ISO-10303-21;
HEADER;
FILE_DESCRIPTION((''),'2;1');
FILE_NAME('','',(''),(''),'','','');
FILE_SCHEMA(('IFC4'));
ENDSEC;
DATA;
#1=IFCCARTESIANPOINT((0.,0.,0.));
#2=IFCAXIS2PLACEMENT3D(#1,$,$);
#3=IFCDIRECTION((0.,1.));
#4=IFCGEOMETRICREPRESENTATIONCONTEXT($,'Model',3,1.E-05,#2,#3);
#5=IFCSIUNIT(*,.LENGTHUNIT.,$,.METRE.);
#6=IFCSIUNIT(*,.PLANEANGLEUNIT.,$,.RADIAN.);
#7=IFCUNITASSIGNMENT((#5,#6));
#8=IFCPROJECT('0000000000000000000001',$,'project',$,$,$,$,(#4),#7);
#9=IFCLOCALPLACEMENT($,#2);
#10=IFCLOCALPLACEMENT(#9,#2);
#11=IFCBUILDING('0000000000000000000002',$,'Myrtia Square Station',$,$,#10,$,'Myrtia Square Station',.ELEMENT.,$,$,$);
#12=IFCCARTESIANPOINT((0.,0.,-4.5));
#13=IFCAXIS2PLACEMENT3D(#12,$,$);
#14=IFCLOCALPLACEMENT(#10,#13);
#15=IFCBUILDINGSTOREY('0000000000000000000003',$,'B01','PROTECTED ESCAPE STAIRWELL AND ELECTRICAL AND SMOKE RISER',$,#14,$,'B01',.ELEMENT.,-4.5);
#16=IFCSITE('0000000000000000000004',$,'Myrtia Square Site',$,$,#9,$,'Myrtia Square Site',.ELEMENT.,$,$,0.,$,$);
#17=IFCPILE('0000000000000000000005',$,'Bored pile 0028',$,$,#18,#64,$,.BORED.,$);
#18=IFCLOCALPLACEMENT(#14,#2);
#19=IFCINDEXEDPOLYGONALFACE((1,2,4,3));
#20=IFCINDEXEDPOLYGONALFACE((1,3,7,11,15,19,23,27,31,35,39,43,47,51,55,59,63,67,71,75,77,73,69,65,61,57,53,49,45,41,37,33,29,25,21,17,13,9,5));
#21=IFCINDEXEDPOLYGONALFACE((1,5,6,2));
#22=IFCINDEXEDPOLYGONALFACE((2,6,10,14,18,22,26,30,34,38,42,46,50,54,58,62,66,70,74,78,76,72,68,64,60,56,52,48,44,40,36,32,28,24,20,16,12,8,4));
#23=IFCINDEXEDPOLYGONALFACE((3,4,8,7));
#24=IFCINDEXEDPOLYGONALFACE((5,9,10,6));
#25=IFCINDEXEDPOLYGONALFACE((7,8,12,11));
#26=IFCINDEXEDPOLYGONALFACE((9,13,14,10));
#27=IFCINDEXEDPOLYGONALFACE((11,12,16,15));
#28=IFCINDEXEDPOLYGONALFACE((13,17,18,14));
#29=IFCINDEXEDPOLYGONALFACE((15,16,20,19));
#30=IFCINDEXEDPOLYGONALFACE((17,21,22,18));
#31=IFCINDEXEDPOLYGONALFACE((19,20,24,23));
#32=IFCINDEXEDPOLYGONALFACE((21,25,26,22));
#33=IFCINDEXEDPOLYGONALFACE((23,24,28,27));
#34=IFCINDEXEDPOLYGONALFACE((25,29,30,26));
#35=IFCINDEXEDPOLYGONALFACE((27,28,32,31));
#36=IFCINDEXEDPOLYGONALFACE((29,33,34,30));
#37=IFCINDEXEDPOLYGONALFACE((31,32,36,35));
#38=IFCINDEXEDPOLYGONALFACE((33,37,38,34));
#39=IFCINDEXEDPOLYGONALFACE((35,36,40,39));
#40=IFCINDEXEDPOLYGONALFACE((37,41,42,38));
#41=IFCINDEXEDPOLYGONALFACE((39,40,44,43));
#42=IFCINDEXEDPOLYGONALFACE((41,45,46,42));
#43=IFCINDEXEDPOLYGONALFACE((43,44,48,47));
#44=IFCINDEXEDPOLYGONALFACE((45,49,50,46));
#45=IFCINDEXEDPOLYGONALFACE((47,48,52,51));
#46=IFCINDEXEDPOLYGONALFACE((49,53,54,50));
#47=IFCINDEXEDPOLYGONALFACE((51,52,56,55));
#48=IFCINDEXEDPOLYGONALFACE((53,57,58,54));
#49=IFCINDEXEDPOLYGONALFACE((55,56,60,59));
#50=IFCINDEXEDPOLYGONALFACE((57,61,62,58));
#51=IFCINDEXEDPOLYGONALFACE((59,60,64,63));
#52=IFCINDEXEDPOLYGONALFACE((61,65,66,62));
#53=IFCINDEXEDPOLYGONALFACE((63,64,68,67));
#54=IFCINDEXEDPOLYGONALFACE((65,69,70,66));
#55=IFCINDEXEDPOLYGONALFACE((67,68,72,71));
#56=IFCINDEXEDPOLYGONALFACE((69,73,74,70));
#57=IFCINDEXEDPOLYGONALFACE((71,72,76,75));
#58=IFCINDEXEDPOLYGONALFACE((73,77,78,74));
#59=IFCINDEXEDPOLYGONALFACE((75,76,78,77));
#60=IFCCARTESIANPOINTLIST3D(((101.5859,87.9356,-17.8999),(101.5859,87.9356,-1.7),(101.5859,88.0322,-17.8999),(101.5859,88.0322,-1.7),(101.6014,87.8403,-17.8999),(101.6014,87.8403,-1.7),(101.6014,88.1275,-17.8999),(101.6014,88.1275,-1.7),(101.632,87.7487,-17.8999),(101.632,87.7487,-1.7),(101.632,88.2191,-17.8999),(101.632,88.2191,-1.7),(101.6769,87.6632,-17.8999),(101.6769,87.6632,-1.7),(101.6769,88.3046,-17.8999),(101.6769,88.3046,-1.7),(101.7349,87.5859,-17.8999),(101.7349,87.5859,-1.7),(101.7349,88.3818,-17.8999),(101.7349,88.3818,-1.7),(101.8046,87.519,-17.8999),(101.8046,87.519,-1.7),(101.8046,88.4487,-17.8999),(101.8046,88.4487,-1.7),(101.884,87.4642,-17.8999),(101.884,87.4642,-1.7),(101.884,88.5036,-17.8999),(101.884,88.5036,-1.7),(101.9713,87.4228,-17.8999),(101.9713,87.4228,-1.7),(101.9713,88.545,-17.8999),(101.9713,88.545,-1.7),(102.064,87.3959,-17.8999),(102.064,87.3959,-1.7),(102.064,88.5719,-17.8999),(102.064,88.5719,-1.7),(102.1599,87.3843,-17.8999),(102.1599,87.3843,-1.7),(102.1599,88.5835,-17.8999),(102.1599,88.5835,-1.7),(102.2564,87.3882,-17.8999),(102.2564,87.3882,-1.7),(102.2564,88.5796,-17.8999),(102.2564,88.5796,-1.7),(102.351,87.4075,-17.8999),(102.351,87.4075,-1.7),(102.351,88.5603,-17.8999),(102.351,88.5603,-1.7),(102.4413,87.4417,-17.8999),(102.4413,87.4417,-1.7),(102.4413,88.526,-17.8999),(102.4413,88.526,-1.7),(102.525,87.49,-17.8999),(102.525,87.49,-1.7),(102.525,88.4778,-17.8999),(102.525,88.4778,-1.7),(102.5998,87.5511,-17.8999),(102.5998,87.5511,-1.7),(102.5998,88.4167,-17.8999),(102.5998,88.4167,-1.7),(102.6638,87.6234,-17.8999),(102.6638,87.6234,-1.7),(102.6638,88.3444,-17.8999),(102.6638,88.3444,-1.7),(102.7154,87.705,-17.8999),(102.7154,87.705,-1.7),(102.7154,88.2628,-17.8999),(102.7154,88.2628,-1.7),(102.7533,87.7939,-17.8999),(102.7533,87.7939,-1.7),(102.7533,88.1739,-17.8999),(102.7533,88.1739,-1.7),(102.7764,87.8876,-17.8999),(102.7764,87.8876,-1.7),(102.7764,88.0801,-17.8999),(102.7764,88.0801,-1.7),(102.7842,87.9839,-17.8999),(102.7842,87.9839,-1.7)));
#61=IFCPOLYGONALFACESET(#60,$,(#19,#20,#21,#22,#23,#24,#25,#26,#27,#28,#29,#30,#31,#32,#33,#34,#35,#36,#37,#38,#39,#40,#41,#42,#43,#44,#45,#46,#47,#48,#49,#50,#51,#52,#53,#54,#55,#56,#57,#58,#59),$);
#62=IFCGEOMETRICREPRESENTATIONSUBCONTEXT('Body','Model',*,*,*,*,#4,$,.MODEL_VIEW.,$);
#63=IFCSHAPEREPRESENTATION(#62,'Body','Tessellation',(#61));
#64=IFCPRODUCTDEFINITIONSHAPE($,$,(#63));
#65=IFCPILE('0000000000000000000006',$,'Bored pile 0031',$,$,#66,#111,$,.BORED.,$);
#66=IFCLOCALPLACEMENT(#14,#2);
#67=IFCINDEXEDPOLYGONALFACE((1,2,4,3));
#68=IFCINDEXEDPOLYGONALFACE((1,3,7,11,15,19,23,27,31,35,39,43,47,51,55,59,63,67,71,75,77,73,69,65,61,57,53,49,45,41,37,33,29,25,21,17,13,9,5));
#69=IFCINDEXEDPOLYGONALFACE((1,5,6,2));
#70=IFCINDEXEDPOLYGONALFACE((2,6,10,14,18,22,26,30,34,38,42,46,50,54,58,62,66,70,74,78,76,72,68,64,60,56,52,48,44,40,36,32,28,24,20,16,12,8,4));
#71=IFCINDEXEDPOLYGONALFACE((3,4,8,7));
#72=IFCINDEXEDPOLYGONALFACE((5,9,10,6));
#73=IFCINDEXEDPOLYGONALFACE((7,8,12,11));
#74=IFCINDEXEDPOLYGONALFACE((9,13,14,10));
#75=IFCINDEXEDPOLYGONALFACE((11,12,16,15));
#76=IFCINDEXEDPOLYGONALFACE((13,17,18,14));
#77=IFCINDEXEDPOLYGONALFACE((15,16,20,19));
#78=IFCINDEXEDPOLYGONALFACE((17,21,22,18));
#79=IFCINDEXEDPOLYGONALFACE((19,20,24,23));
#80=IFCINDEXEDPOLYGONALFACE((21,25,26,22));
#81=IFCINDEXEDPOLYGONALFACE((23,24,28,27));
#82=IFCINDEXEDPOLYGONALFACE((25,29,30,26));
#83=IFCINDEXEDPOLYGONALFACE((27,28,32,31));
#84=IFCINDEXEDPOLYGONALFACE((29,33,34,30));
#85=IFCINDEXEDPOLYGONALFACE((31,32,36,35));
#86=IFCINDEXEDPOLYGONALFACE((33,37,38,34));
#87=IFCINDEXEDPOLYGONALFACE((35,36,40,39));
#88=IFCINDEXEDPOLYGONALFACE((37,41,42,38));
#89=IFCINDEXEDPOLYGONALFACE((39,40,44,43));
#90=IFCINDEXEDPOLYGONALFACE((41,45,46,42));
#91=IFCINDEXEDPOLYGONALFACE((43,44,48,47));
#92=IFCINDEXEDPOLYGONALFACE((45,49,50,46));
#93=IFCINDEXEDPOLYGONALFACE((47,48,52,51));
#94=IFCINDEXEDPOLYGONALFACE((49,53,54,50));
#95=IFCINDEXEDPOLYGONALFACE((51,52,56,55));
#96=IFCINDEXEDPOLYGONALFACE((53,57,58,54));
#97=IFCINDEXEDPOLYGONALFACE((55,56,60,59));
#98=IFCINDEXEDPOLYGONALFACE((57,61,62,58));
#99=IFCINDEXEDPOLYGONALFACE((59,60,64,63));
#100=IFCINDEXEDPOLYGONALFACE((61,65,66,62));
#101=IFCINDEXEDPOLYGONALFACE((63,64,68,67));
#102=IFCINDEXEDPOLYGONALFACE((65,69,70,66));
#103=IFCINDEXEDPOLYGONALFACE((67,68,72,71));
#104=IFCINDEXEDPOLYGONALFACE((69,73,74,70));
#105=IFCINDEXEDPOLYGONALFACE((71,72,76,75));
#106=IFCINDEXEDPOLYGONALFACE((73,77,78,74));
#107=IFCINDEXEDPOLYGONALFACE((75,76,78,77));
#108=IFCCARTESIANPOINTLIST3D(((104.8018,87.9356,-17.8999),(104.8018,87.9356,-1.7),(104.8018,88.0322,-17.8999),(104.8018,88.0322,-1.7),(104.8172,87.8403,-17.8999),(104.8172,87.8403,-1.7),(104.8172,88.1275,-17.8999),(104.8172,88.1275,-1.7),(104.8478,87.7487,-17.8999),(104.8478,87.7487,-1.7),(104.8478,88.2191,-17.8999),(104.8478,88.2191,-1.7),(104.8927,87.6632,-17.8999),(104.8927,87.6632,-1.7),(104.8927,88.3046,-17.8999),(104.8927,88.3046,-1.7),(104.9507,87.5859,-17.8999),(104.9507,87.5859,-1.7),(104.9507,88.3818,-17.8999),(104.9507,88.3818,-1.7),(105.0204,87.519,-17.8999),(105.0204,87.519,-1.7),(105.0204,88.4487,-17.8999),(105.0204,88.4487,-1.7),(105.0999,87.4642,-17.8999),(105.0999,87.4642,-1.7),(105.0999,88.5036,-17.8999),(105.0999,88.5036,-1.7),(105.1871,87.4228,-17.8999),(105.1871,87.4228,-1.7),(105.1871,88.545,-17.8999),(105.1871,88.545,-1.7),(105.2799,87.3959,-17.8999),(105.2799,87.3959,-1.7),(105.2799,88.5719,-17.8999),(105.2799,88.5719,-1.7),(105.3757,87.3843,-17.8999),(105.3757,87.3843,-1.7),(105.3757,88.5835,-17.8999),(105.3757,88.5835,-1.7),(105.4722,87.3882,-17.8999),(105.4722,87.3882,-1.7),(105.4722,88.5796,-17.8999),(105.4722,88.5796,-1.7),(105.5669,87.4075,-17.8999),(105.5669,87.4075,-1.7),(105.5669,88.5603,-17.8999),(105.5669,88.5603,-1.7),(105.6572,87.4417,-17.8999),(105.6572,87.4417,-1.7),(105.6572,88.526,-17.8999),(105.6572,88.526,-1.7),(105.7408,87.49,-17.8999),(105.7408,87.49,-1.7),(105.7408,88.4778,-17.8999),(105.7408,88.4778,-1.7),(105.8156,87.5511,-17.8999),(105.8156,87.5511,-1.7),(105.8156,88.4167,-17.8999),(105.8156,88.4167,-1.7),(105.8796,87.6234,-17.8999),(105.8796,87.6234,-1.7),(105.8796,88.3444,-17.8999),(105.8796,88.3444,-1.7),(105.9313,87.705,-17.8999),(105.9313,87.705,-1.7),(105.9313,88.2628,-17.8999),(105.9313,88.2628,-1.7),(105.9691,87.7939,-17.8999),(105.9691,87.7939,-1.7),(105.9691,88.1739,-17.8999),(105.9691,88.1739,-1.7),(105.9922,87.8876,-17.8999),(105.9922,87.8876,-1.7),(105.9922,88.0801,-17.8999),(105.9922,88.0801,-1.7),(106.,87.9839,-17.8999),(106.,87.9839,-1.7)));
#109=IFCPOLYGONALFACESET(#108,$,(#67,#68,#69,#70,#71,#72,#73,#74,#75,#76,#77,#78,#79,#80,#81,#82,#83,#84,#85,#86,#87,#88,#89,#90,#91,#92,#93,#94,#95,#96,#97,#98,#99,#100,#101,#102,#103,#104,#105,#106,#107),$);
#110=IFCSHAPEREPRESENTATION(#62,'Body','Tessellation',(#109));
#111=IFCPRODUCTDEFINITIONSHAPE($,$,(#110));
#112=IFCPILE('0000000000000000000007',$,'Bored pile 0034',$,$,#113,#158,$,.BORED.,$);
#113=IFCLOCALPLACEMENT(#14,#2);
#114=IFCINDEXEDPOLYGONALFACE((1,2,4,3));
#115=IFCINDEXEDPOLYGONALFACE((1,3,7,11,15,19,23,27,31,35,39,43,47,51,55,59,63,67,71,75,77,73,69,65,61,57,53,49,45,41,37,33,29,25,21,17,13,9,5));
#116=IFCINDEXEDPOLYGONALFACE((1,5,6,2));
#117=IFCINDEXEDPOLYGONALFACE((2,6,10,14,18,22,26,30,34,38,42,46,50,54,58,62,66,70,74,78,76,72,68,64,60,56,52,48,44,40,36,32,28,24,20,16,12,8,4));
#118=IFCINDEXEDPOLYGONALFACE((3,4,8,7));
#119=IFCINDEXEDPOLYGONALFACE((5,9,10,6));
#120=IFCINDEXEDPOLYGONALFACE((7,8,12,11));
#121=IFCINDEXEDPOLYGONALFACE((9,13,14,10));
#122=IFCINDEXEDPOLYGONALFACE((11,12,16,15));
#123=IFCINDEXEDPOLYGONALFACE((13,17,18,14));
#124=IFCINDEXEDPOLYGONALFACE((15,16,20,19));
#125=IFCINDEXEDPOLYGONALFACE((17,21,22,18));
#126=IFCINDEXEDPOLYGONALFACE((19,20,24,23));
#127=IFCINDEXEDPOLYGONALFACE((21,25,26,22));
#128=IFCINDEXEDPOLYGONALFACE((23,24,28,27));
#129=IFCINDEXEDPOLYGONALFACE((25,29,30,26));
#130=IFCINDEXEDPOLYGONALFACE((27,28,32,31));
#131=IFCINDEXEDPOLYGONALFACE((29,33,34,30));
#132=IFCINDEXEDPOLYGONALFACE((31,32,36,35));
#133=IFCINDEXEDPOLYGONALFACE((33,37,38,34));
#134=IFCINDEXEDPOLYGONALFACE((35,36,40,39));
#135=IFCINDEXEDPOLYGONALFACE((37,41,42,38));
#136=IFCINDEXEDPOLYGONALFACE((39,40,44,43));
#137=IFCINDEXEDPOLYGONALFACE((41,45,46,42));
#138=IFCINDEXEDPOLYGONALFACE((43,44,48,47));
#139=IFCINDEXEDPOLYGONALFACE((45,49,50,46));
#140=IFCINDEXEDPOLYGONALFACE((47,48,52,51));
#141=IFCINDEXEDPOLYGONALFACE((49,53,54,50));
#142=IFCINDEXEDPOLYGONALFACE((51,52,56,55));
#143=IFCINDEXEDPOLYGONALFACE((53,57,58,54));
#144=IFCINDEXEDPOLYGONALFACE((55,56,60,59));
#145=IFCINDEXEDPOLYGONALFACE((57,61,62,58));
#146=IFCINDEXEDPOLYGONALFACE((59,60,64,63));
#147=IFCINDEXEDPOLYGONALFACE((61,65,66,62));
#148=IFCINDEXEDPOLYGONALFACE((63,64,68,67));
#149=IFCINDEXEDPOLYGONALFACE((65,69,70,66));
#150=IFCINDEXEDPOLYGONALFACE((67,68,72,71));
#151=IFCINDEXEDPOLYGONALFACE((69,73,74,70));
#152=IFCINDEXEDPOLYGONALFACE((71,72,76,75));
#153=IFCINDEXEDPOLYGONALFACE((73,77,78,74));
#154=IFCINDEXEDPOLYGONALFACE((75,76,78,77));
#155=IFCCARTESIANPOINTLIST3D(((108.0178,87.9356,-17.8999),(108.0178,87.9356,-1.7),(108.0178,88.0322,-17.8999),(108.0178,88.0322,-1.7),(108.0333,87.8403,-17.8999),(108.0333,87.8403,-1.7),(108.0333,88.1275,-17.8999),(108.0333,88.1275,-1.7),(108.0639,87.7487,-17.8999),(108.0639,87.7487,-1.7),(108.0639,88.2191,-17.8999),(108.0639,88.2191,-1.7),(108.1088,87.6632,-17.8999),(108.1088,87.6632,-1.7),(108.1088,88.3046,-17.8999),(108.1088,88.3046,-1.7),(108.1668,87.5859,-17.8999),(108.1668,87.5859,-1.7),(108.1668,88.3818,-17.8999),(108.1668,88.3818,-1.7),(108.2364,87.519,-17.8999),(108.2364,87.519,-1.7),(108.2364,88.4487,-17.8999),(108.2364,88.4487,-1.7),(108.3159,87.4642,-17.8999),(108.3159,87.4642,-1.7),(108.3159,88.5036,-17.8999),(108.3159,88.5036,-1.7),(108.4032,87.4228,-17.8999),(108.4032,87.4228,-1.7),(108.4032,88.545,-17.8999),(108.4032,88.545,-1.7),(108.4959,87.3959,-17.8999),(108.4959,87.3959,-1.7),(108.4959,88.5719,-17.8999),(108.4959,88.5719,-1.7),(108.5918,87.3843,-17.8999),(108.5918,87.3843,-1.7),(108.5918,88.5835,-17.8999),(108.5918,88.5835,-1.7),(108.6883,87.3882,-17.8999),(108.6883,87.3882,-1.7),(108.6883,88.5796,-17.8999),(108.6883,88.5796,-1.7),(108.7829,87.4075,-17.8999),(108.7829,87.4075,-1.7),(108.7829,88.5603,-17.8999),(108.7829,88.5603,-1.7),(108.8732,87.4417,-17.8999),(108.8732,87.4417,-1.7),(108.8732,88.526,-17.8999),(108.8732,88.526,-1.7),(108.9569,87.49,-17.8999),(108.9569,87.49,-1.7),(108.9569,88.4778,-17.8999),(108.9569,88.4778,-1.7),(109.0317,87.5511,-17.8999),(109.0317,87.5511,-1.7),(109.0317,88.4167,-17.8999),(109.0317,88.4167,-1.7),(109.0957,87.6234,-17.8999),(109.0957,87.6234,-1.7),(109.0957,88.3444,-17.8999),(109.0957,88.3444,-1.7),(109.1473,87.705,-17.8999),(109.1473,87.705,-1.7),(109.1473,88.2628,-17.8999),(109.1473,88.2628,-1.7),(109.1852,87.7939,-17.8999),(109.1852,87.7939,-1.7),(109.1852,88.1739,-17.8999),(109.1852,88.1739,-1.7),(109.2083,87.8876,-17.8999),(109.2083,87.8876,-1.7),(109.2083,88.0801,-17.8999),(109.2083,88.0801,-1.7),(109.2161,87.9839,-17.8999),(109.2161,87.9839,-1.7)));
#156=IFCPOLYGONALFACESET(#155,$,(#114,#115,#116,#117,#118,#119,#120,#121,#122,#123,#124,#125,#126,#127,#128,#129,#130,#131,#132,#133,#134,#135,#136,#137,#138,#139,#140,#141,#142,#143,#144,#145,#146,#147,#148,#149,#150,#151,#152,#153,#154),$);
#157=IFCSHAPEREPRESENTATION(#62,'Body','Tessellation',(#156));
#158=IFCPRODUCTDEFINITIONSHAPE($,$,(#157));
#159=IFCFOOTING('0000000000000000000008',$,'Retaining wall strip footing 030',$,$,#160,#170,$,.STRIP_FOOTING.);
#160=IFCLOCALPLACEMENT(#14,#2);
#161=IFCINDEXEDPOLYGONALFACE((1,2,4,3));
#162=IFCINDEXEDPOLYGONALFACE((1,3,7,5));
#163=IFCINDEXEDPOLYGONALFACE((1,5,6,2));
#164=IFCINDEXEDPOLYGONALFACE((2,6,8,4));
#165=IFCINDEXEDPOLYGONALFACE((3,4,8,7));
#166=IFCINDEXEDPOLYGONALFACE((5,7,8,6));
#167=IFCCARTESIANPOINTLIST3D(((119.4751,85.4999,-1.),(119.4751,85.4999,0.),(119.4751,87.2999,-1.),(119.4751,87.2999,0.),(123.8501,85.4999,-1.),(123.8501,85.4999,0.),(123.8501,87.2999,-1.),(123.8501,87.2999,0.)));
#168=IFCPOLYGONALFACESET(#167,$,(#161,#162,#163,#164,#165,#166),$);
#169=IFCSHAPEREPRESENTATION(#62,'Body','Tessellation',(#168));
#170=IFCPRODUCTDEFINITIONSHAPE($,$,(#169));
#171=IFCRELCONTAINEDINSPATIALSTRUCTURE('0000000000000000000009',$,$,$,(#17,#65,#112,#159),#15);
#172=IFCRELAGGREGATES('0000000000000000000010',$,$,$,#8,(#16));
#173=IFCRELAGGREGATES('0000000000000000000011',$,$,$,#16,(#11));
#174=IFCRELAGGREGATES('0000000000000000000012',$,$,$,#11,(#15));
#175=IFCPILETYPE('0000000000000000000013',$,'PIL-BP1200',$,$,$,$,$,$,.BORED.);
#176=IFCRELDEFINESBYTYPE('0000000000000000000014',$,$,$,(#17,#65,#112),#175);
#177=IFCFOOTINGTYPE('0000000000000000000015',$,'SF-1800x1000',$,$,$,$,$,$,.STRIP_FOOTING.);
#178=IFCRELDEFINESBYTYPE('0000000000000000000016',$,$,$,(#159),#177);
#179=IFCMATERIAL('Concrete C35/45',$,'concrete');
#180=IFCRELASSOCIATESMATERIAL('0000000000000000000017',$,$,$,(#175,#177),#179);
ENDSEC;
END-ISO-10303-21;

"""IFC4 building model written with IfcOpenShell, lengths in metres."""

from ifc_helpers import new_model, si_unit, direction, frame, origin, origin_2d, place, context, subcontext, project, spatial, rectangle, circle, extrude, material, material_profile, profile_set, type_object, element, save


model = new_model("IFC4")

# Units and contexts
model_context = context("Model", 3, precision=1e-05, world=origin(), true_north=direction((0.0, 1.0)))
body_context = subcontext(model_context, "Body", "Model", "MODEL_VIEW")
ifc_project = project(units=[si_unit("LENGTHUNIT", "METRE"), si_unit("PLANEANGLEUNIT", "RADIAN")], contexts=[model_context])

# Site, building, storey
site_placement = place(None, origin())
site = spatial("IfcSite", under=ifc_project, at=site_placement, Name="Myrtia Square Site", LongName="Myrtia Square Site", CompositionType="ELEMENT", RefElevation=0.0)
building_placement = place(site_placement, origin())
building = spatial("IfcBuilding", under=site, at=building_placement, Name="Myrtia Square Station", LongName="Myrtia Square Station", CompositionType="ELEMENT")
storey_placement = place(building_placement, frame((0.0, 0.0, -4.5)))
storey = spatial("IfcBuildingStorey", under=building, at=storey_placement, Name="B01", Description="PROTECTED ESCAPE STAIRWELL AND ELECTRICAL AND SMOKE RISER", LongName="B01", CompositionType="ELEMENT", Elevation=-4.5)

# Shared definitions
ifc_material_1 = material(Name="Concrete C35/45", Category="concrete")

# Piles
ifc_material_profile_1 = material_profile(ifc_material_1, circle(Radius=0.6001, at=origin_2d()), Name="BP D1200")
ifc_profile_set_1 = profile_set([ifc_material_profile_1], Name="Concrete C35/45")
pile_type_1 = type_object("IfcPileType", Name="PIL-BP1200", PredefinedType="BORED", material=ifc_profile_set_1)
for number, where, z_axis, x_axis, name in (
    (1, (102.1841, 87.9839, -1.7), (0.0, 0.0, -1.0), (1.0, 0.0, 0.0), "Bored pile 0028"),
    (2, (105.3999, 87.9839, -1.7), (0.0, 0.0, -1.0), (1.0, 0.0, 0.0), "Bored pile 0031"),
    (3, (108.616, 87.9839, -1.7), (0.0, 0.0, -1.0), (1.0, 0.0, 0.0), "Bored pile 0034"),
):
    element("IfcPile", number, at=place(storey_placement, frame(where, z_axis=z_axis, x_axis=x_axis)), inside=storey, type_object=pile_type_1, Name=name, PredefinedType="BORED", context=body_context, shape_type="SweptSolid", body=[
        extrude(circle(Radius=0.6001, at=origin_2d()), origin(), (0.0, 0.0, 1.0), 16.2),
    ])

# Footing
footing_type_1 = type_object("IfcFootingType", Name="SF-1800x1000", PredefinedType="STRIP_FOOTING", material=ifc_material_1)
footing_1_placement = place(storey_placement, frame((121.6626, 86.3999, -1.0), z_axis=(0.0, 0.0, 1.0), x_axis=(1.0, 0.0, 0.0)))
element("IfcFooting", 4, at=footing_1_placement, inside=storey, type_object=footing_type_1, Name="Retaining wall strip footing 030", PredefinedType="STRIP_FOOTING", context=body_context, shape_type="SweptSolid", body=[
    extrude(rectangle(XDim=4.375, YDim=1.8, at=origin_2d()), origin(), (0.0, 0.0, 1.0), 1.0),
])

save(model, "model.ifc")
